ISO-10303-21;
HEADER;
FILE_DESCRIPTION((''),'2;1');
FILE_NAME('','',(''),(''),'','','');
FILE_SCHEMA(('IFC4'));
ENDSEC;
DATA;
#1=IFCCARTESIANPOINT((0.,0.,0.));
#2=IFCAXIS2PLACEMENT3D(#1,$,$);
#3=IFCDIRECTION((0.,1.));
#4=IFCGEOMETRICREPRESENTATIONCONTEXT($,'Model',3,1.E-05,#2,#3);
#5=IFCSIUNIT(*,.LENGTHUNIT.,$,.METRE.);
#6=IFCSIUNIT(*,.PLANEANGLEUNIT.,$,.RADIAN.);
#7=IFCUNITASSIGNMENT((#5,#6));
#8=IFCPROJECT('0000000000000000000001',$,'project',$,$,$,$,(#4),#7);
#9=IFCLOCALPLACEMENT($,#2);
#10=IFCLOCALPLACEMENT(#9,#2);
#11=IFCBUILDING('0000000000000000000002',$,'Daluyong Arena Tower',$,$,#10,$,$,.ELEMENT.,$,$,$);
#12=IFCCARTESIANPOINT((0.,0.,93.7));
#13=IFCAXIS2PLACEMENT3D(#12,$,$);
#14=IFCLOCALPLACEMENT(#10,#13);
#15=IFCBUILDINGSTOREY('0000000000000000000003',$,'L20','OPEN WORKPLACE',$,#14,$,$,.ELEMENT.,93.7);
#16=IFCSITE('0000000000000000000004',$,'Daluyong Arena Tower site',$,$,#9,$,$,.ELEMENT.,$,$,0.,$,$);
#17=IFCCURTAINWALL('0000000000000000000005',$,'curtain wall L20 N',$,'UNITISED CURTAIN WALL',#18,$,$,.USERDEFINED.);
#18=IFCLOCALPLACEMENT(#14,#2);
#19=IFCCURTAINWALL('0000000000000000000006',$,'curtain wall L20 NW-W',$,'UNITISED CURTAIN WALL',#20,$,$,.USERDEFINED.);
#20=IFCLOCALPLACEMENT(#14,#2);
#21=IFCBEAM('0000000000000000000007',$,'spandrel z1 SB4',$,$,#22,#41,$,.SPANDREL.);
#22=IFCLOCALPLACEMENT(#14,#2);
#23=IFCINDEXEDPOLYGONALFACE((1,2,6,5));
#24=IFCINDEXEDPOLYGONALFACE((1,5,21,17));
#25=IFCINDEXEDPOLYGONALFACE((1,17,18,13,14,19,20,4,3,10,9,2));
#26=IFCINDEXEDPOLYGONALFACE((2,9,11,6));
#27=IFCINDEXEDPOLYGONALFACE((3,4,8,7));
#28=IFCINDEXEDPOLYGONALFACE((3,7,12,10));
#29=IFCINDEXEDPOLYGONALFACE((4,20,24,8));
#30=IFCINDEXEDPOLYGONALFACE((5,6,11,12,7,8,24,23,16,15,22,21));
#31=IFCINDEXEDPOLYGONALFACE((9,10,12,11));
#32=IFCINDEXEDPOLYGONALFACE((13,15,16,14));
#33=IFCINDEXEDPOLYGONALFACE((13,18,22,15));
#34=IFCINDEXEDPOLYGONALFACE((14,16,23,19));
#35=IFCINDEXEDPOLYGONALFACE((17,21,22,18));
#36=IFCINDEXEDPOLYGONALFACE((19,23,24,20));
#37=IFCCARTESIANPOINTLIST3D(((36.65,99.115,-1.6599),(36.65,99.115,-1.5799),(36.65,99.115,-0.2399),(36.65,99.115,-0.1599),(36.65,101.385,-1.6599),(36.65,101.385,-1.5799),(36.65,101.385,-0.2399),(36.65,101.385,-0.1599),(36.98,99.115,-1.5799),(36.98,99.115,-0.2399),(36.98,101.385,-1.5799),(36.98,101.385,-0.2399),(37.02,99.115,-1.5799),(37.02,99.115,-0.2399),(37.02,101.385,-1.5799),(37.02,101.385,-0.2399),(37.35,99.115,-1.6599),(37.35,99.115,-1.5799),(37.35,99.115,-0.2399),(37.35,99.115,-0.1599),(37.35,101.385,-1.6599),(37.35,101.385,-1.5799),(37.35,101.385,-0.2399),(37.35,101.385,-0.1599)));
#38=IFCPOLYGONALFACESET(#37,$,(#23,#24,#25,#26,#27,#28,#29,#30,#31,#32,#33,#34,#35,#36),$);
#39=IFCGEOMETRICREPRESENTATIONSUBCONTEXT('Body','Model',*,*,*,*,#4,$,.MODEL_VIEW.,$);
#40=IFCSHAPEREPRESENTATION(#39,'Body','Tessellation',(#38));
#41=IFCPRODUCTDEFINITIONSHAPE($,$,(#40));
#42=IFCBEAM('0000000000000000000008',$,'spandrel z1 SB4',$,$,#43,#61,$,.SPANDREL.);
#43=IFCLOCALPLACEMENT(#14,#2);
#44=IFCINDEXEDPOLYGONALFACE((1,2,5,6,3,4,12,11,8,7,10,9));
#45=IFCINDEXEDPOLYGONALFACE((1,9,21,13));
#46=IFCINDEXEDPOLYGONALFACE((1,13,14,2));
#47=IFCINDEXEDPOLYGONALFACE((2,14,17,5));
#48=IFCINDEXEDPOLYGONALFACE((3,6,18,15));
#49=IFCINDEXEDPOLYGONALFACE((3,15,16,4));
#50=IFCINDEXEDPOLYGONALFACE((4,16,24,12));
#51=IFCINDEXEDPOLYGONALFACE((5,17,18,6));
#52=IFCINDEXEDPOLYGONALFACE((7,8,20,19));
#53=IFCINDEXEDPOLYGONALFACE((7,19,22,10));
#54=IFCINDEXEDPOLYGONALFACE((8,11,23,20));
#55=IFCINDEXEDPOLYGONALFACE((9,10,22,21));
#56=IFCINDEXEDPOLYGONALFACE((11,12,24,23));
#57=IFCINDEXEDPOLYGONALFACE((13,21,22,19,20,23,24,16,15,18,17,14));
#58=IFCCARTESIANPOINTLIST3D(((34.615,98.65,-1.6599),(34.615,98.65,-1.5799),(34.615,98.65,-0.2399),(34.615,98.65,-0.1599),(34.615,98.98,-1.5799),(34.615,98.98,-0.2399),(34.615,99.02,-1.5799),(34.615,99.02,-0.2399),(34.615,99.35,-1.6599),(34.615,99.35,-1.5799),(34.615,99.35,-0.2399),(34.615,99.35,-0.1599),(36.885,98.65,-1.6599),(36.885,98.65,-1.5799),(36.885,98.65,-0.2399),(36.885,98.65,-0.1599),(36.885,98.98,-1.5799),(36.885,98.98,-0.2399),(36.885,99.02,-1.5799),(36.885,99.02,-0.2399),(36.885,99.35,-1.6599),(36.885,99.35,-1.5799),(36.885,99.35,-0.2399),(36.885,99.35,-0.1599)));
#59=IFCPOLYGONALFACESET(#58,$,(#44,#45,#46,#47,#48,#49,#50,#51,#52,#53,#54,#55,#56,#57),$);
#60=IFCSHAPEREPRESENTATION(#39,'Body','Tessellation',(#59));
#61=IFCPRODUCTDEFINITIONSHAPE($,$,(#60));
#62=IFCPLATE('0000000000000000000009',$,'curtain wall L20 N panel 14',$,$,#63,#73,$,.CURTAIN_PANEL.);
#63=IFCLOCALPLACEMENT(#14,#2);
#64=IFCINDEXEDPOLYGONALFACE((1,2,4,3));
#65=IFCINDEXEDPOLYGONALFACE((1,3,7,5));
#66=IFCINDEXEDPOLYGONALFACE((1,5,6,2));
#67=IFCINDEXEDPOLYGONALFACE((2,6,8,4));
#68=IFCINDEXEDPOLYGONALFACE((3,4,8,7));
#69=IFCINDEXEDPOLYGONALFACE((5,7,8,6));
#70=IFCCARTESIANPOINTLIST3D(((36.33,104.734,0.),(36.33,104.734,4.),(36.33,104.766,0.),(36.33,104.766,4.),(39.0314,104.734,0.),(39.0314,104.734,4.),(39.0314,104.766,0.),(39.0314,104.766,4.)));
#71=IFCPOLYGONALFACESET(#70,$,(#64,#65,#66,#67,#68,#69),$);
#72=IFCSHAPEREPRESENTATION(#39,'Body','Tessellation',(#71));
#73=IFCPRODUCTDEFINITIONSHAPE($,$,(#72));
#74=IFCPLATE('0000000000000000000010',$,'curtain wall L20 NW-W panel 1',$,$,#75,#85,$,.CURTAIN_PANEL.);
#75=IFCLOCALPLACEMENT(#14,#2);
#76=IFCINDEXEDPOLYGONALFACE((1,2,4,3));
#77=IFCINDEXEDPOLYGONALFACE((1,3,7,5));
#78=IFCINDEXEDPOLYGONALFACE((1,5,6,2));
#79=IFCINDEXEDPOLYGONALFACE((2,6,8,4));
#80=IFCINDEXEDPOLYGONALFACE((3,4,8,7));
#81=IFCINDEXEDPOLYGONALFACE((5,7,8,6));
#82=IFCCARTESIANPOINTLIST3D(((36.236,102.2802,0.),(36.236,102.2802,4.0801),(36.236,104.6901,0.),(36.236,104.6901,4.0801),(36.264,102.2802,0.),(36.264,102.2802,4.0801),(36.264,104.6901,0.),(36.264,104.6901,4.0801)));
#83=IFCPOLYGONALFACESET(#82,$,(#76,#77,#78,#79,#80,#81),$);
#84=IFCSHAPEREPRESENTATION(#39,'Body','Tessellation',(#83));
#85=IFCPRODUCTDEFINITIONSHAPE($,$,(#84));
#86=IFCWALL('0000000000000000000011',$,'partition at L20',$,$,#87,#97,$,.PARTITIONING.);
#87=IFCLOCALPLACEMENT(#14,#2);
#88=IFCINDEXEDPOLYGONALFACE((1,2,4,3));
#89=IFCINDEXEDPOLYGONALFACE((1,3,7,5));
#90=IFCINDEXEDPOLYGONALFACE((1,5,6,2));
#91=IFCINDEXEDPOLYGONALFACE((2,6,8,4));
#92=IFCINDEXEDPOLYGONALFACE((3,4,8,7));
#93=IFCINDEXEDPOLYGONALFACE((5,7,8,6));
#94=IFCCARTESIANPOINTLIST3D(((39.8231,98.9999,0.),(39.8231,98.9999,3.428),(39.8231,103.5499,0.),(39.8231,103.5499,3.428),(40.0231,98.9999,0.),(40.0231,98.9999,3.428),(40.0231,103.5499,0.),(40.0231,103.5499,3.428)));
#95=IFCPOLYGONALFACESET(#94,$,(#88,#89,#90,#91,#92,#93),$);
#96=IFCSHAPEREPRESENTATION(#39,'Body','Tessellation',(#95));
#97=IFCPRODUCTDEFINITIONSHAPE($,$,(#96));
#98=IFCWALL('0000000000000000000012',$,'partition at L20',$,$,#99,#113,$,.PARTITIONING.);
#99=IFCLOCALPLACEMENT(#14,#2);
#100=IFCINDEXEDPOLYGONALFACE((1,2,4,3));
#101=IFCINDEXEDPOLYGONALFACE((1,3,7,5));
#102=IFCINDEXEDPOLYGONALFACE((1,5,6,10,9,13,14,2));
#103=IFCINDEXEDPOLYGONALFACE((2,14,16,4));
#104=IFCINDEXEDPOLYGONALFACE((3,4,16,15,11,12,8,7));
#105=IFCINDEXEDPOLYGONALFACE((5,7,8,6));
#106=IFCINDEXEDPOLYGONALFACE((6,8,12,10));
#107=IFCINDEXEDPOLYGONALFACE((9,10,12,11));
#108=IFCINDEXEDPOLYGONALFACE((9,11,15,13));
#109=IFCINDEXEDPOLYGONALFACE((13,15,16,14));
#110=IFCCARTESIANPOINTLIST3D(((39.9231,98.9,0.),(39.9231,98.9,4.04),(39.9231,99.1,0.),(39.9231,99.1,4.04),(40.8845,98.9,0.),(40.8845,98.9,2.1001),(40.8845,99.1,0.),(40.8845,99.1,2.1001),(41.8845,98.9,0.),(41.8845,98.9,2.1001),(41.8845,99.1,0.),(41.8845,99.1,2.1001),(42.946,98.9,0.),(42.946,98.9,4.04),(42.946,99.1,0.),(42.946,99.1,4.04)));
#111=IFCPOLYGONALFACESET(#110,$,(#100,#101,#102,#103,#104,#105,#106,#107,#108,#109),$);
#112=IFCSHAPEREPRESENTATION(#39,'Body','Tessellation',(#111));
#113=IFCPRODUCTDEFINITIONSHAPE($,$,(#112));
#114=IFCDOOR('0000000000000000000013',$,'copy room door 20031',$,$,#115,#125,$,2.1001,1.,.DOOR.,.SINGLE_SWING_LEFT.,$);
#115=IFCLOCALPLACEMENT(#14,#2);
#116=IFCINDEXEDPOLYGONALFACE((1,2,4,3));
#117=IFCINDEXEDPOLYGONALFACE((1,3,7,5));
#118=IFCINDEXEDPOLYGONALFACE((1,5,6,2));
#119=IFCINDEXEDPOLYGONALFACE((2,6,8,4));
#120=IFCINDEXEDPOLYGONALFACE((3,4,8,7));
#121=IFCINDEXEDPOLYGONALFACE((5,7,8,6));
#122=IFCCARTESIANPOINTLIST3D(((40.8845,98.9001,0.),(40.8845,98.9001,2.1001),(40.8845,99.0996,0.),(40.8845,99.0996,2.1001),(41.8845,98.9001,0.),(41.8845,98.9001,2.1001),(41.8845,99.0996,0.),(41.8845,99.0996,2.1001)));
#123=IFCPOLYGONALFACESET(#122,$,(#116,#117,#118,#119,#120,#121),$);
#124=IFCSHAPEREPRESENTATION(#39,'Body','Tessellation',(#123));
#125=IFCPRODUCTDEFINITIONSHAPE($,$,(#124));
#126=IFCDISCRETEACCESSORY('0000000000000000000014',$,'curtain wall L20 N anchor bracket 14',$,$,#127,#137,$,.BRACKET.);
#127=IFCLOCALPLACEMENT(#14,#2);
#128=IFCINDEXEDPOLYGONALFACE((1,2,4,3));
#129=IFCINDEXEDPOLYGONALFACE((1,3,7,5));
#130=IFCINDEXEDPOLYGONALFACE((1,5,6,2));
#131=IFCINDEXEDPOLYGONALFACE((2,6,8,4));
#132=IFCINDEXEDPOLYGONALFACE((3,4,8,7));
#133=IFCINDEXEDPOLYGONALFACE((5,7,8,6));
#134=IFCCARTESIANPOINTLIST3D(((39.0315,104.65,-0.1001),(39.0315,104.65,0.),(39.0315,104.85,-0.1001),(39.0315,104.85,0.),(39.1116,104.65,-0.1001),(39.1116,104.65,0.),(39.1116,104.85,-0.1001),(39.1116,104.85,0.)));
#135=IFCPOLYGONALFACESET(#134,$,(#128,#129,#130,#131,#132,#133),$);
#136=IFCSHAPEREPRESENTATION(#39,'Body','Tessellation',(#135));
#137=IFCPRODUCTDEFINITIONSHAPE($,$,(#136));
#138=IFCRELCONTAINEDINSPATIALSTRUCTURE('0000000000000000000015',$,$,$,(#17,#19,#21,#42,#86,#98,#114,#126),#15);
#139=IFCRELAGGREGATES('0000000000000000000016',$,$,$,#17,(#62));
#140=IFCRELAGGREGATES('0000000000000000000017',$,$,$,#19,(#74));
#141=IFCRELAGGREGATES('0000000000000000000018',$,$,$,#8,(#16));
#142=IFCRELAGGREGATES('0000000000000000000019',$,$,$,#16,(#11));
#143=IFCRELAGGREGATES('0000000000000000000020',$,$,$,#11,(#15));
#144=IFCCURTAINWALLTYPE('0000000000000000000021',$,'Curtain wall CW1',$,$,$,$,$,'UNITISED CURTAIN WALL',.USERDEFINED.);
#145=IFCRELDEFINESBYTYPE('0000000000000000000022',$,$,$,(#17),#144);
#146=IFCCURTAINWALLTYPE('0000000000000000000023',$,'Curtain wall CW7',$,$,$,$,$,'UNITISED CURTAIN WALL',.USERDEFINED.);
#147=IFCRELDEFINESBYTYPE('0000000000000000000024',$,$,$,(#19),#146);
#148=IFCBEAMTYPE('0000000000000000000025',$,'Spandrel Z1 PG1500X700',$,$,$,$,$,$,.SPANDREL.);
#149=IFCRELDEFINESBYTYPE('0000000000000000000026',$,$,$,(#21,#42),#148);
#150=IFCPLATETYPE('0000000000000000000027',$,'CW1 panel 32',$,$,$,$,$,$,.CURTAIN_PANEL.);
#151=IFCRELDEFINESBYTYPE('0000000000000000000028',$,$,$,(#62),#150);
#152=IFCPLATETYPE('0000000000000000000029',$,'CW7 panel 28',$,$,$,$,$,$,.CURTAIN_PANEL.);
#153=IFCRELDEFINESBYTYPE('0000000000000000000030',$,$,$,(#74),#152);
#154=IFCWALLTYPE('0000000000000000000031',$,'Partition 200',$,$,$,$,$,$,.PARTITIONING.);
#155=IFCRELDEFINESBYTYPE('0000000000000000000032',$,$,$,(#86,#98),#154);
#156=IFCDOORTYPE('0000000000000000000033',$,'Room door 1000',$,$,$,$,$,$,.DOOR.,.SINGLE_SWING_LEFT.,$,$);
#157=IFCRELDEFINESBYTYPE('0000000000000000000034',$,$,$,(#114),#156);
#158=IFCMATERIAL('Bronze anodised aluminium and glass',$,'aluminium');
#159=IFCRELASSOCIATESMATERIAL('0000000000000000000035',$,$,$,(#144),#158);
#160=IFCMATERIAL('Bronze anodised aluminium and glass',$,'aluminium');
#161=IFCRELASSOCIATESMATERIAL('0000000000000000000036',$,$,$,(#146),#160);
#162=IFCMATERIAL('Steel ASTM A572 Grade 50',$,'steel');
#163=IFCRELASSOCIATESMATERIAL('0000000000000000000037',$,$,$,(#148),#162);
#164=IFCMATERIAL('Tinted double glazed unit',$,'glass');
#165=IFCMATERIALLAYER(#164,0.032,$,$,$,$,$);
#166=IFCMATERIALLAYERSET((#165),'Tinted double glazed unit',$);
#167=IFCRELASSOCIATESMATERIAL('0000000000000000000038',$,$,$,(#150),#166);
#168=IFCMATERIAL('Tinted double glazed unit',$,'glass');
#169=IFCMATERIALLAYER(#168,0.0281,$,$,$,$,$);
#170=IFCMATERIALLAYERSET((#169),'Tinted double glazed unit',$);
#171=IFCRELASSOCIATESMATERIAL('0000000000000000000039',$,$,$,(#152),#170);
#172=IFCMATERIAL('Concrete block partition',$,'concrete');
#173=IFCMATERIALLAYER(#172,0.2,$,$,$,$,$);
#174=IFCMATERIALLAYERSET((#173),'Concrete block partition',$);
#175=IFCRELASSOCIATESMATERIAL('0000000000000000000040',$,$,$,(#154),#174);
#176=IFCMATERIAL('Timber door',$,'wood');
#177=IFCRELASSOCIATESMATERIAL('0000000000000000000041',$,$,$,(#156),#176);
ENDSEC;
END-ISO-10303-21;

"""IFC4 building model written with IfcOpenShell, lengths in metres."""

from ifc_helpers import new_model, si_unit, direction, frame, frame_2d, origin, origin_2d, place, context, subcontext, project, spatial, rectangle, i_section, extrude, material, layer, layer_set, material_profile, profile_set, type_object, element, fill, aggregate, save


model = new_model("IFC4")

# Units and contexts
model_context = context("Model", 3, precision=1e-05, world=origin(), true_north=direction((0.0, 1.0)))
body_context = subcontext(model_context, "Body", "Model", "MODEL_VIEW")
ifc_project = project(units=[si_unit("LENGTHUNIT", "METRE"), si_unit("PLANEANGLEUNIT", "RADIAN")], contexts=[model_context])

# Site, building, storey
site_placement = place(None, origin())
site = spatial("IfcSite", under=ifc_project, at=site_placement, Name="Daluyong Arena Tower site", CompositionType="ELEMENT", RefElevation=0.0)
building_placement = place(site_placement, origin())
building = spatial("IfcBuilding", under=site, at=building_placement, Name="Daluyong Arena Tower", CompositionType="ELEMENT")
storey_placement = place(building_placement, frame((0.0, 0.0, 93.7)))
storey = spatial("IfcBuildingStorey", under=building, at=storey_placement, Name="L20", Description="OPEN WORKPLACE", CompositionType="ELEMENT", Elevation=93.7)

# Curtain wall
ifc_material_1 = material(Name="Bronze anodised aluminium and glass", Category="aluminium")
curtain_wall_type_1 = type_object("IfcCurtainWallType", Name="Curtain wall CW1", ElementType="UNITISED CURTAIN WALL", PredefinedType="USERDEFINED", material=ifc_material_1)
curtain_wall_1_placement = place(storey_placement, origin())
curtain_wall_1 = element("IfcCurtainWall", 1, at=curtain_wall_1_placement, inside=storey, type_object=curtain_wall_type_1, Name="curtain wall L20 N", ObjectType="UNITISED CURTAIN WALL", PredefinedType="USERDEFINED")

# Curtain wall
ifc_material_2 = material(Name="Bronze anodised aluminium and glass", Category="aluminium")
curtain_wall_type_2 = type_object("IfcCurtainWallType", Name="Curtain wall CW7", ElementType="UNITISED CURTAIN WALL", PredefinedType="USERDEFINED", material=ifc_material_2)
curtain_wall_2_placement = place(storey_placement, origin())
curtain_wall_2 = element("IfcCurtainWall", 2, at=curtain_wall_2_placement, inside=storey, type_object=curtain_wall_type_2, Name="curtain wall L20 NW-W", ObjectType="UNITISED CURTAIN WALL", PredefinedType="USERDEFINED")

# Beams
ifc_material_3 = material(Name="Steel ASTM A572 Grade 50", Category="steel")
ifc_material_profile_1 = material_profile(ifc_material_3, i_section(OverallWidth=0.7, OverallDepth=1.5, WebThickness=0.04, FlangeThickness=0.08, at=origin_2d()))
ifc_profile_set_1 = profile_set([ifc_material_profile_1], Name="Steel ASTM A572 Grade 50")
beam_type_1 = type_object("IfcBeamType", Name="Spandrel Z1 PG1500X700", PredefinedType="SPANDREL", material=ifc_profile_set_1)
for number, where, z_axis, x_axis, name in (
    (3, (37.0, 101.385, -0.9099), (0.0, -1.0, 0.0), (1.0, 0.0, 0.0), "spandrel z1 SB4"),
    (4, (36.885, 99.0, -0.9099), (-1.0, 0.0, 0.0), (0.0, -1.0, 0.0), "spandrel z1 SB4"),
):
    element("IfcBeam", number, at=place(storey_placement, frame(where, z_axis=z_axis, x_axis=x_axis)), inside=storey, type_object=beam_type_1, Name=name, PredefinedType="SPANDREL", context=body_context, shape_type="SweptSolid", body=[
        extrude(i_section(OverallWidth=0.7, OverallDepth=1.5, WebThickness=0.04, FlangeThickness=0.08, at=origin_2d()), origin(), (0.0, 0.0, 1.0), 2.27),
    ])

# Plates
ifc_material_4 = material(Name="Tinted double glazed unit", Category="glass")
ifc_layer_1 = layer(ifc_material_4, 0.032)
ifc_layer_set_1 = layer_set([ifc_layer_1], Name="Tinted double glazed unit")
plate_type_1 = type_object("IfcPlateType", Name="CW1 panel 32", PredefinedType="CURTAIN_PANEL", material=ifc_layer_set_1)
plate_1_placement = place(storey_placement, frame((37.6807, 104.75, 0.0), z_axis=(0.0, 0.0, 1.0), x_axis=(-1.0, 0.0, 0.0)))
plate_1 = element("IfcPlate", 5, at=plate_1_placement, type_object=plate_type_1, Name="curtain wall L20 N panel 14", PredefinedType="CURTAIN_PANEL", context=body_context, shape_type="SweptSolid", body=[
    extrude(rectangle(XDim=2.7014, YDim=0.032, at=origin_2d()), origin(), (0.0, 0.0, 1.0), 4.0),
])
aggregate(curtain_wall_1, [plate_1])
ifc_material_5 = material(Name="Tinted double glazed unit", Category="glass")
ifc_layer_2 = layer(ifc_material_5, 0.0281)
ifc_layer_set_2 = layer_set([ifc_layer_2], Name="Tinted double glazed unit")
plate_type_2 = type_object("IfcPlateType", Name="CW7 panel 28", PredefinedType="CURTAIN_PANEL", material=ifc_layer_set_2)
plate_2_placement = place(storey_placement, frame((36.25, 103.4851, 0.0), z_axis=(0.0, 0.0, 1.0), x_axis=(0.0, -1.0, 0.0)))
plate_2 = element("IfcPlate", 6, at=plate_2_placement, type_object=plate_type_2, Name="curtain wall L20 NW-W panel 1", PredefinedType="CURTAIN_PANEL", context=body_context, shape_type="SweptSolid", body=[
    extrude(rectangle(XDim=2.4099, YDim=0.0281, at=origin_2d()), origin(), (0.0, 0.0, 1.0), 4.0801),
])
aggregate(curtain_wall_2, [plate_2])

# Wall
ifc_material_6 = material(Name="Concrete block partition", Category="concrete")
ifc_layer_3 = layer(ifc_material_6, 0.2)
ifc_layer_set_3 = layer_set([ifc_layer_3], Name="Concrete block partition")
wall_type_1 = type_object("IfcWallType", Name="Partition 200", PredefinedType="PARTITIONING", material=ifc_layer_set_3)
wall_1_placement = place(storey_placement, frame((39.9231, 99.0, 0.0), z_axis=(0.0, 0.0, 1.0), x_axis=(0.0, 1.0, 0.0)))
element("IfcWall", 7, at=wall_1_placement, inside=storey, type_object=wall_type_1, Name="partition at L20", PredefinedType="PARTITIONING", context=body_context, shape_type="SweptSolid", body=[
    extrude(rectangle(XDim=4.55, YDim=0.2, at=frame_2d((2.2749, 0.0))), origin(), (0.0, 0.0, 1.0), 3.428),
])

# Wall, opening, door
wall_2_placement = place(storey_placement, frame((39.9231, 99.0, 0.0), z_axis=(0.0, 0.0, 1.0), x_axis=(1.0, 0.0, 0.0)))
wall_2 = element("IfcWall", 8, at=wall_2_placement, inside=storey, type_object=wall_type_1, Name="partition at L20", PredefinedType="PARTITIONING", context=body_context, shape_type="SweptSolid", body=[
    extrude(rectangle(XDim=3.0229, YDim=0.2, at=frame_2d((1.5115, 0.0))), origin(), (0.0, 0.0, 1.0), 4.04),
])
opening_1_placement = place(wall_2_placement, frame((0.9614, 0.0, 0.0)))
opening_1 = element("IfcOpeningElement", 9, at=opening_1_placement, cuts=wall_2, PredefinedType="OPENING", context=body_context, shape_type="SweptSolid", body=[
    extrude(rectangle(XDim=1.0, YDim=2.1001, at=frame_2d((0.5, 1.05))), frame((0.0, 0.1099, 0.0), z_axis=(0.0, -1.0, 0.0), x_axis=(1.0, 0.0, 0.0)), (0.0, 0.0, 1.0), 0.22),
])
ifc_material_7 = material(Name="Timber door", Category="wood")
door_type_1 = type_object("IfcDoorType", Name="Room door 1000", OperationType="SINGLE_SWING_LEFT", PredefinedType="DOOR", material=ifc_material_7)
door_1_placement = place(opening_1_placement, origin())
door_1 = element("IfcDoor", 10, at=door_1_placement, inside=storey, type_object=door_type_1, Name="copy room door 20031", OperationType="SINGLE_SWING_LEFT", OverallHeight=2.1001, OverallWidth=1.0, PredefinedType="DOOR", context=body_context, shape_type="SweptSolid", body=[
    extrude(rectangle(XDim=1.0, YDim=2.1001, at=frame_2d((0.5, 1.05))), frame((0.0, 0.0996, 0.0), z_axis=(0.0, -1.0, 0.0), x_axis=(1.0, 0.0, 0.0)), (0.0, 0.0, 1.0), 0.1995),
])
fill(opening_1, door_1)

# Discrete accessory
discrete_accessory_placement = place(storey_placement, frame((39.0715, 104.75, -0.1001), z_axis=(0.0, 0.0, 1.0), x_axis=(-1.0, 0.0, 0.0)))
element("IfcDiscreteAccessory", 11, at=discrete_accessory_placement, inside=storey, Name="curtain wall L20 N anchor bracket 14", PredefinedType="BRACKET", context=body_context, shape_type="SweptSolid", body=[
    extrude(rectangle(XDim=0.0801, YDim=0.2, at=origin_2d()), origin(), (0.0, 0.0, 1.0), 0.1001),
])

save(model, "model.ifc")
